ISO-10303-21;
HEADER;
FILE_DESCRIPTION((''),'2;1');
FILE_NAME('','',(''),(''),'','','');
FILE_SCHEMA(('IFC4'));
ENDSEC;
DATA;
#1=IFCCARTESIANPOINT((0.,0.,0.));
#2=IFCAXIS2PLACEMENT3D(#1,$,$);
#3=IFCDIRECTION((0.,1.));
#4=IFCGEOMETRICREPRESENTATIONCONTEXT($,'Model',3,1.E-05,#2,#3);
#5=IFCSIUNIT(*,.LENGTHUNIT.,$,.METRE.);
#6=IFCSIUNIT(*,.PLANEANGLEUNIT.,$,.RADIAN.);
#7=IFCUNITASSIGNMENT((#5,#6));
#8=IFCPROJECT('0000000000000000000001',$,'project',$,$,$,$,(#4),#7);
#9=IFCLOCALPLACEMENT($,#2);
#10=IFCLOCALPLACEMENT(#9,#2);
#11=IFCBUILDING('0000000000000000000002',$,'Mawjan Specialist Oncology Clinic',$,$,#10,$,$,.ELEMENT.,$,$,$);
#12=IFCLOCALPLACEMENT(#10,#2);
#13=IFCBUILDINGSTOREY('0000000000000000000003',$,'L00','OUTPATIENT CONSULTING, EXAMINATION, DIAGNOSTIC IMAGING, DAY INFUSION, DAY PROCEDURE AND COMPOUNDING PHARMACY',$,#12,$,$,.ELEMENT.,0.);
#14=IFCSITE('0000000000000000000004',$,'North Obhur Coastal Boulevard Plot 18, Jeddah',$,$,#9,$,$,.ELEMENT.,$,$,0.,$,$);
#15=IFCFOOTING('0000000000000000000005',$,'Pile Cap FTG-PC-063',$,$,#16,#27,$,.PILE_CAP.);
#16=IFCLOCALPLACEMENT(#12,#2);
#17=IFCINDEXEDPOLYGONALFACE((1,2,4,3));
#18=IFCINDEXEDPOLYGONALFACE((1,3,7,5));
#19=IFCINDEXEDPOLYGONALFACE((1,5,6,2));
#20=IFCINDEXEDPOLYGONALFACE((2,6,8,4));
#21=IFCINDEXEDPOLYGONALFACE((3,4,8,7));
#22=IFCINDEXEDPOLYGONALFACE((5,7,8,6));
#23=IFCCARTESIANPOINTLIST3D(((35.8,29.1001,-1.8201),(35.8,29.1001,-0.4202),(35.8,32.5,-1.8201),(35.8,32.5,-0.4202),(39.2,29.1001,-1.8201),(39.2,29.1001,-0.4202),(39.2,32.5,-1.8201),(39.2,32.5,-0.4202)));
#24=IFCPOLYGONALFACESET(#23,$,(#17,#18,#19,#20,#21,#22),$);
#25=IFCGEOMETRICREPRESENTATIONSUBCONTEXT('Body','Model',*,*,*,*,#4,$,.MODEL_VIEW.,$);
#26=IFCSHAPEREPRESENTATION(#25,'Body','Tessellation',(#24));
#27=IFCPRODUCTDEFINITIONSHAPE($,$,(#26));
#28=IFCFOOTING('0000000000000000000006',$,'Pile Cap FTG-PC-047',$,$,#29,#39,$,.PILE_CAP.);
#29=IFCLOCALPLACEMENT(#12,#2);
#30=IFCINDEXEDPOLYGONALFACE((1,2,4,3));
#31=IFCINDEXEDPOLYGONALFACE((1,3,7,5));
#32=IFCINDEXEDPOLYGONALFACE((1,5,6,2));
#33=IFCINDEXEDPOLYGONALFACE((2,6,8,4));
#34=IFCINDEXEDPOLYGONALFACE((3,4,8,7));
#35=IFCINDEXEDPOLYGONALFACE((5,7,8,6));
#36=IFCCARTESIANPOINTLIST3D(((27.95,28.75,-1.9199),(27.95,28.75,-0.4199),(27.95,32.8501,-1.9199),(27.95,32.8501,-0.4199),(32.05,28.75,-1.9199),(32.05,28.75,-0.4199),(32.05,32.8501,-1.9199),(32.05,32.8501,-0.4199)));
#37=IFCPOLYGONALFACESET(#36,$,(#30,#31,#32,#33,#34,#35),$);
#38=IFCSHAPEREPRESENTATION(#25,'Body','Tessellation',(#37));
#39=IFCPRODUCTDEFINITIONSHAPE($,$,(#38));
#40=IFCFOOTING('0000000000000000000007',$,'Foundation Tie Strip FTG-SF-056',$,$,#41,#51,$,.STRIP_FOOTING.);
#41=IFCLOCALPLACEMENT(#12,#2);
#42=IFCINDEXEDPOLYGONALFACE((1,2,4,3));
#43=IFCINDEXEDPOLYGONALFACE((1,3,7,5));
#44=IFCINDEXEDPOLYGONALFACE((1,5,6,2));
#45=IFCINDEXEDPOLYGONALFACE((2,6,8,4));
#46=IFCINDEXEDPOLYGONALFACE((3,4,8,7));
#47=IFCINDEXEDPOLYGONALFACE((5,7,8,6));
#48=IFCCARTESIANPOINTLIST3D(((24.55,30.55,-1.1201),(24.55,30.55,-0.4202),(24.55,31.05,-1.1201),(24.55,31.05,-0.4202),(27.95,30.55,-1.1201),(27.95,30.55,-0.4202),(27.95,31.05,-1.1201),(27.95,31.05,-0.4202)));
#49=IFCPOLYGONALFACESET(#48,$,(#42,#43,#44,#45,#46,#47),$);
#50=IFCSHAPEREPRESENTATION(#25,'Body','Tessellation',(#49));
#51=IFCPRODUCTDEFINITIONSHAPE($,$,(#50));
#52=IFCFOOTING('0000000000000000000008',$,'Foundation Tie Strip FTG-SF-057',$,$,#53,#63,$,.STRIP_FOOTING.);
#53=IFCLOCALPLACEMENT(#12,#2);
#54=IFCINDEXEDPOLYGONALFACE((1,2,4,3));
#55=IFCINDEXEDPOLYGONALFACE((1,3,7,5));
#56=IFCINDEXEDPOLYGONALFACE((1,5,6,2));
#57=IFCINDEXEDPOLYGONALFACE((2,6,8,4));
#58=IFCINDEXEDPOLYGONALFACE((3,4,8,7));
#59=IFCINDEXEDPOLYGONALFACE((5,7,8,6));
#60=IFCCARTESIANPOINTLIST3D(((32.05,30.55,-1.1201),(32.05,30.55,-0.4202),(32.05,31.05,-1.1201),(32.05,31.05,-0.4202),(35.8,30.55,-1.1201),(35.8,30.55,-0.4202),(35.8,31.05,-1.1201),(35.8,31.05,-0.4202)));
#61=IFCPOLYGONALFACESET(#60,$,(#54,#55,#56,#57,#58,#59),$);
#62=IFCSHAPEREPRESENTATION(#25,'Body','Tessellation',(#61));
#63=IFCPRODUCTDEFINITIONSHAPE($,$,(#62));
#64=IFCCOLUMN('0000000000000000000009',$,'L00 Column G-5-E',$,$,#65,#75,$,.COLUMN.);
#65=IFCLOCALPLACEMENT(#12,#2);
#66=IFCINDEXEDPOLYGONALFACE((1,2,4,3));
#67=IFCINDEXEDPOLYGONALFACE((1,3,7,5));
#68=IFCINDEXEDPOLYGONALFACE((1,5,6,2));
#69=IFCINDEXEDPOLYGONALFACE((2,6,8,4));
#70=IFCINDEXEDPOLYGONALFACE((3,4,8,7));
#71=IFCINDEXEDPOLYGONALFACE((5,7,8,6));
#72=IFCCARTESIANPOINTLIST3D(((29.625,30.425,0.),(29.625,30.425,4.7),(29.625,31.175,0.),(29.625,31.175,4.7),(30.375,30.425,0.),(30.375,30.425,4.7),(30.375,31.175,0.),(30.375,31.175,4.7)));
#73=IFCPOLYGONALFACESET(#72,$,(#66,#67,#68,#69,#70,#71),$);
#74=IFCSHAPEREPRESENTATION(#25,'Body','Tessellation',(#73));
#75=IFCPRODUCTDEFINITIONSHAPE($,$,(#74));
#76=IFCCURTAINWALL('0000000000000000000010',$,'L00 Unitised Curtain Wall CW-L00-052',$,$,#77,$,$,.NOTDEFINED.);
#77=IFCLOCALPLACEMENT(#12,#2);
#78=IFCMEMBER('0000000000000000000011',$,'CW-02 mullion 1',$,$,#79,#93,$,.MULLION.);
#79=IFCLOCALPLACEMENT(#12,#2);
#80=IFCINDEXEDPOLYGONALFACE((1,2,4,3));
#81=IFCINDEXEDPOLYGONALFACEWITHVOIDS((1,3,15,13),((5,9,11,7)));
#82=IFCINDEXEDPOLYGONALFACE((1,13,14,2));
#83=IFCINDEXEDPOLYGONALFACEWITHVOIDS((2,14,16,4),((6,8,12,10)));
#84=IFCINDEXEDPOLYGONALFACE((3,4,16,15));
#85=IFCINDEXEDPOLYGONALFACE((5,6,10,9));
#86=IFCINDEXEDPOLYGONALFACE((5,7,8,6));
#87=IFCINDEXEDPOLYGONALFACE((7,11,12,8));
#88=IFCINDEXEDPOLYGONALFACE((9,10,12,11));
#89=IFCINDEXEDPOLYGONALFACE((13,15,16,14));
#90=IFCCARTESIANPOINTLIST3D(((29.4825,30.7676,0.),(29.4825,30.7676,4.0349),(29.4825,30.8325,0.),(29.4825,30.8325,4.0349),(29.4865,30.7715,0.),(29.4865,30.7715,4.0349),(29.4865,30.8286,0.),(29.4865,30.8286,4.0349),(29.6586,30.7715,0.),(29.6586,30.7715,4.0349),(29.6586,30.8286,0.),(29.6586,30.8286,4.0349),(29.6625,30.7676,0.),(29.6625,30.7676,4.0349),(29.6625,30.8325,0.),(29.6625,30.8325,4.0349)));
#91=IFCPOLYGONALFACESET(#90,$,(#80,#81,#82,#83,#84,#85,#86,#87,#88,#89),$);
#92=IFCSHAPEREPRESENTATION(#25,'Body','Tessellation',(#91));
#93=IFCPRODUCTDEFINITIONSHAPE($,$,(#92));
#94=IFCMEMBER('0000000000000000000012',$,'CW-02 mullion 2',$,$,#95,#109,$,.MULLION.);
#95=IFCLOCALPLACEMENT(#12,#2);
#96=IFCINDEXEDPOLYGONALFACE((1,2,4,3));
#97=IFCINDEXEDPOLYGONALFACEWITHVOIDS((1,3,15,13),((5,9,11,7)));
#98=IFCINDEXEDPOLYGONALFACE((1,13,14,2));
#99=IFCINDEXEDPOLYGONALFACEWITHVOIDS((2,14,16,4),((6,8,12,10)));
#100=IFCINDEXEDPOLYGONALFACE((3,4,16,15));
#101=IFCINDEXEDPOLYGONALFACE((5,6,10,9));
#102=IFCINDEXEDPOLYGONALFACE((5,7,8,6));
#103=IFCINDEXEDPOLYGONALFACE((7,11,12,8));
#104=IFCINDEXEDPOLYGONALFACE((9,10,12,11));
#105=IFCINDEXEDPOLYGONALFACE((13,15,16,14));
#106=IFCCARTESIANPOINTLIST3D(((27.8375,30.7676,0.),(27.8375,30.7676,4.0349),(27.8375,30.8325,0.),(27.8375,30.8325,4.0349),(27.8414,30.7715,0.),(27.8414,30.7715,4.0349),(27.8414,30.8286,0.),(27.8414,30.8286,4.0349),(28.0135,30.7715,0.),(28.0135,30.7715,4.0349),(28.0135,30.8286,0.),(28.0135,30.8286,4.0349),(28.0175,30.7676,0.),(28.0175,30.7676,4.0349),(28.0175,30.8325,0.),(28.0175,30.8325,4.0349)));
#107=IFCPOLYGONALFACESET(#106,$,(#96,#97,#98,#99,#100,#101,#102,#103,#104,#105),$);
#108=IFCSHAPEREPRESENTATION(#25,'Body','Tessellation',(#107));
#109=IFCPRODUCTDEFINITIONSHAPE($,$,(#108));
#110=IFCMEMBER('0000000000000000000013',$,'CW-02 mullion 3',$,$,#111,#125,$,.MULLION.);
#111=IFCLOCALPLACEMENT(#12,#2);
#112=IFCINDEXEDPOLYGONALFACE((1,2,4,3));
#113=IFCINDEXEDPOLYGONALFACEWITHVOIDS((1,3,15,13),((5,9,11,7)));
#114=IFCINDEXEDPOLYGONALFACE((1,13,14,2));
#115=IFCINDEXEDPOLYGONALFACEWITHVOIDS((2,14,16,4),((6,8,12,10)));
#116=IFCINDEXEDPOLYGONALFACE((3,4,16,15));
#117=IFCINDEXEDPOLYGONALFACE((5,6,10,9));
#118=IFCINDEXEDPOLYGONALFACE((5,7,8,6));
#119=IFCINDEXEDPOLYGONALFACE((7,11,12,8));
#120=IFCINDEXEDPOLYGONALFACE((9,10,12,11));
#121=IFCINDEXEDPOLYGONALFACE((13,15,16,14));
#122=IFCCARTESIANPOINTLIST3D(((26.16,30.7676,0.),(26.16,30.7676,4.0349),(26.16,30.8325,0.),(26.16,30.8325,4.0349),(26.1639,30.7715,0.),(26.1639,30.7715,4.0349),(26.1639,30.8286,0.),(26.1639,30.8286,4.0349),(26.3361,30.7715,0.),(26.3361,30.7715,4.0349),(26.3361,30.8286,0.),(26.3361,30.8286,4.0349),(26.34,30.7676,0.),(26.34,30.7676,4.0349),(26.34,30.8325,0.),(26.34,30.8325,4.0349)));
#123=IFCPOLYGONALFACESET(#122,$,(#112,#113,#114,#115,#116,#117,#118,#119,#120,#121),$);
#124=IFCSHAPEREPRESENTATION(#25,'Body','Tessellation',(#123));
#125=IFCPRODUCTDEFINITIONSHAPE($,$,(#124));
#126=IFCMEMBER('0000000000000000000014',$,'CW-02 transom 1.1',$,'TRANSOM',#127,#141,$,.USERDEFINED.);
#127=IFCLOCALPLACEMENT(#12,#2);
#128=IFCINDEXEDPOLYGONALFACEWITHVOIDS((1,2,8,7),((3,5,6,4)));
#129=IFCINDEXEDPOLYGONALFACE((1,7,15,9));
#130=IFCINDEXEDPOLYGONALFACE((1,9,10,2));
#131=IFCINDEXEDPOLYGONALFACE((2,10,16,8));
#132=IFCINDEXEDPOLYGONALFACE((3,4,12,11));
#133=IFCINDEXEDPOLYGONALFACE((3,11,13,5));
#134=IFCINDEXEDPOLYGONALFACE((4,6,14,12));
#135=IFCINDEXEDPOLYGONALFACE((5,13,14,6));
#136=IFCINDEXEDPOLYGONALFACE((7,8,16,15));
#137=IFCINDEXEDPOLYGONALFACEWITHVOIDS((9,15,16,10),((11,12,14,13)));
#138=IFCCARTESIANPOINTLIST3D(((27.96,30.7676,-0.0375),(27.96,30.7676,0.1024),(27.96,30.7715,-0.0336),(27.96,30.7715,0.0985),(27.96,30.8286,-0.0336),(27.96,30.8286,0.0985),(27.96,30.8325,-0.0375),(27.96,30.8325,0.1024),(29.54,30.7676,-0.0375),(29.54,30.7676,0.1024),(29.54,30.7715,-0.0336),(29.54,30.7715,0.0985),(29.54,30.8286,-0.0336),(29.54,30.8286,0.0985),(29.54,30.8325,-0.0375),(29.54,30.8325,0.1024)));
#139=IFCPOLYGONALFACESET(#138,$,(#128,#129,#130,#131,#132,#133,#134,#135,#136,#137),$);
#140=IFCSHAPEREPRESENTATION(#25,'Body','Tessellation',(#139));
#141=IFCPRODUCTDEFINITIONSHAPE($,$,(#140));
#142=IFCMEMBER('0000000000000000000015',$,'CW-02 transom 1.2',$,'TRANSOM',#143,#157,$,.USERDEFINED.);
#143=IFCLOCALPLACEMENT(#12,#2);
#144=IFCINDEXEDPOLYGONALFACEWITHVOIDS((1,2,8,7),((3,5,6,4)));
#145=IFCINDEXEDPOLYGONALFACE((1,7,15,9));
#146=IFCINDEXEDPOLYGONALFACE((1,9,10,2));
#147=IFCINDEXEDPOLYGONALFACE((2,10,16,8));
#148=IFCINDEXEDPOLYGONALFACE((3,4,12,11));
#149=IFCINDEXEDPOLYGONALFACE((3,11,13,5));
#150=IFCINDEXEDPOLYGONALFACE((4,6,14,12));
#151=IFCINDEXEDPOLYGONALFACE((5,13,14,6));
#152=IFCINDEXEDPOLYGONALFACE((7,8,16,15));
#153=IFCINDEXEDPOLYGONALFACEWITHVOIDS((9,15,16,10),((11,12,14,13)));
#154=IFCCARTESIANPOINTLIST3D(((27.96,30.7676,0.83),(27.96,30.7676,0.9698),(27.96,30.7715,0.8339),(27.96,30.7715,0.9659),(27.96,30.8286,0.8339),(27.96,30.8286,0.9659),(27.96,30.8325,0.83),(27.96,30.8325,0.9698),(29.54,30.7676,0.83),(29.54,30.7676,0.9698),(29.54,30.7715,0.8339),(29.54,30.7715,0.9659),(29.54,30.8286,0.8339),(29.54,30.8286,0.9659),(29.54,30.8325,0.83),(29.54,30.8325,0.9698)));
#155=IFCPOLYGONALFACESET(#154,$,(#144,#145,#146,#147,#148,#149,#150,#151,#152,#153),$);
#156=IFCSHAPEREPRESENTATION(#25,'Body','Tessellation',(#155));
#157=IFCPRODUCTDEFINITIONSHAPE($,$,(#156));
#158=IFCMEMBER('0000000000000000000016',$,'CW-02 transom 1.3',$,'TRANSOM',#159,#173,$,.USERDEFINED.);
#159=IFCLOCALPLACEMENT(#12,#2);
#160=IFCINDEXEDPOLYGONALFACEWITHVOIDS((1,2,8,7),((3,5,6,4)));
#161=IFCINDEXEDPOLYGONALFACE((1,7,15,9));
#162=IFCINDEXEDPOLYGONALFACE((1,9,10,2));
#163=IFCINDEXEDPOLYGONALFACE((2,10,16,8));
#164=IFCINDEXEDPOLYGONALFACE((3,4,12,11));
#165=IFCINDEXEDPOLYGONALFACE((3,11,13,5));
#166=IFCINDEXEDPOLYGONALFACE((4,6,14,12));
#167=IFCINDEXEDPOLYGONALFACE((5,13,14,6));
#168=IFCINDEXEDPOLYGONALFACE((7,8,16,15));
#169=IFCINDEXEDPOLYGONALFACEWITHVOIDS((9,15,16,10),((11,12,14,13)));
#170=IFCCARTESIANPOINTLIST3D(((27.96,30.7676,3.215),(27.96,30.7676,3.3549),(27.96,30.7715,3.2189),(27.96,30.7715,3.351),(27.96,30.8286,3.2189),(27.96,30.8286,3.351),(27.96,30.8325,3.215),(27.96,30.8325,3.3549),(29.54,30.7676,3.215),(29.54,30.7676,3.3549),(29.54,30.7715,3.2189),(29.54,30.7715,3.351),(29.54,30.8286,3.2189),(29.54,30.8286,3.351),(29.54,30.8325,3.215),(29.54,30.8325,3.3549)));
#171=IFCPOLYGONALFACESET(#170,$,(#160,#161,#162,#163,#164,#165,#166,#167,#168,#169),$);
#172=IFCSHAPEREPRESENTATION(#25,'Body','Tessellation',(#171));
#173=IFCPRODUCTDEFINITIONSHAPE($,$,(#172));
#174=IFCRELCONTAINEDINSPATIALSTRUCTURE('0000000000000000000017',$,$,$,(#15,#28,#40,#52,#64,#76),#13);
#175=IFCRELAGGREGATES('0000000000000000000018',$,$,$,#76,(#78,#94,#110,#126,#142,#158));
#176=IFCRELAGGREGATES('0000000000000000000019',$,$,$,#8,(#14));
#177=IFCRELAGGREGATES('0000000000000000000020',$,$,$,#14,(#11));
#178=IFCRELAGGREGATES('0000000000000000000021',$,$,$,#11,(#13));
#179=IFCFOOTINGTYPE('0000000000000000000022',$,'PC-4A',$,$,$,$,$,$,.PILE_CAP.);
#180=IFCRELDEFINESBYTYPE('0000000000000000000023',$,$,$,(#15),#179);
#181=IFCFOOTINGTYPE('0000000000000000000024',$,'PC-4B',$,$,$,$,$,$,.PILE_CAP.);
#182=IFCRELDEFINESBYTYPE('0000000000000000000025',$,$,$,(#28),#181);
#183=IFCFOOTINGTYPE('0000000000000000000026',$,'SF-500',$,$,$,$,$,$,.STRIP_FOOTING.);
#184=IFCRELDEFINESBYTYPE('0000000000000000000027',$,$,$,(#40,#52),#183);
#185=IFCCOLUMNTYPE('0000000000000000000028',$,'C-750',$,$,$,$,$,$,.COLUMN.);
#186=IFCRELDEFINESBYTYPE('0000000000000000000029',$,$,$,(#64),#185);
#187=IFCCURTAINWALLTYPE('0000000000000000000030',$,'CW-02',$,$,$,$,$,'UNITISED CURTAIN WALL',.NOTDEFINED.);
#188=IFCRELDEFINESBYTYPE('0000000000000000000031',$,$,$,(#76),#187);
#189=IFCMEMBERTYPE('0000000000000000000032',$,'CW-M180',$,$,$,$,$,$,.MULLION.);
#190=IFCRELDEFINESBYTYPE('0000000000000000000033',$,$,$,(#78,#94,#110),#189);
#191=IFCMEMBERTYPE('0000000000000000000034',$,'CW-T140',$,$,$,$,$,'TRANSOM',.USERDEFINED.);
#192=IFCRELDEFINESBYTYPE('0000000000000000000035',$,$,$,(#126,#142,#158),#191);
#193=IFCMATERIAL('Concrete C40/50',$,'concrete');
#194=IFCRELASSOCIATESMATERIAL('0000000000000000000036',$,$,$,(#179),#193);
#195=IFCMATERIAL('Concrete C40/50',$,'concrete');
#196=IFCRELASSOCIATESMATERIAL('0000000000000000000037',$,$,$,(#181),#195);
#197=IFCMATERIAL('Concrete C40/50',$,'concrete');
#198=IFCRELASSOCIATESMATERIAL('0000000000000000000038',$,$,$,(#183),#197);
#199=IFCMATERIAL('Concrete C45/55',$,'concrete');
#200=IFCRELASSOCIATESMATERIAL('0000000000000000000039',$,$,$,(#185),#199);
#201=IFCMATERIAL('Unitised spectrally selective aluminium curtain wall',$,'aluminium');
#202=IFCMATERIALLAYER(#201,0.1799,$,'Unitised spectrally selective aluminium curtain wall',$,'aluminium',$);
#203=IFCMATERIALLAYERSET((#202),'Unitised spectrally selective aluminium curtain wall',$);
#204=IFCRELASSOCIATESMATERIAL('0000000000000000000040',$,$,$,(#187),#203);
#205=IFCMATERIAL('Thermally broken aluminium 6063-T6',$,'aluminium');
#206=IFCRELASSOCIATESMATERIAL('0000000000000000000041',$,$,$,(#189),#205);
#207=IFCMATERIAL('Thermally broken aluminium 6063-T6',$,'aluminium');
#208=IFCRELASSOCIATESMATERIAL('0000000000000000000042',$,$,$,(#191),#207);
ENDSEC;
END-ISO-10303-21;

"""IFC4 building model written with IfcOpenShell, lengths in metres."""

from ifc_helpers import new_model, si_unit, direction, frame, origin, origin_2d, place, context, subcontext, project, spatial, rectangle, hollow_rectangle, extrude, material, layer, layer_set, material_profile, profile_set, type_object, element, aggregate, save


model = new_model("IFC4")

# Units and contexts
model_context = context("Model", 3, precision=1e-05, world=origin(), true_north=direction((0.0, 1.0)))
body_context = subcontext(model_context, "Body", "Model", "MODEL_VIEW")
ifc_project = project(units=[si_unit("LENGTHUNIT", "METRE"), si_unit("PLANEANGLEUNIT", "RADIAN")], contexts=[model_context])

# Site, building, storey
site_placement = place(None, origin())
site = spatial("IfcSite", under=ifc_project, at=site_placement, Name="North Obhur Coastal Boulevard Plot 18, Jeddah", CompositionType="ELEMENT", RefElevation=0.0)
building_placement = place(site_placement, origin())
building = spatial("IfcBuilding", under=site, at=building_placement, Name="Mawjan Specialist Oncology Clinic", CompositionType="ELEMENT")
storey_placement = place(building_placement, origin())
storey = spatial("IfcBuildingStorey", under=building, at=storey_placement, Name="L00", Description="OUTPATIENT CONSULTING, EXAMINATION, DIAGNOSTIC IMAGING, DAY INFUSION, DAY PROCEDURE AND COMPOUNDING PHARMACY", CompositionType="ELEMENT", Elevation=0.0)

# Footings
ifc_material_1 = material(Name="Concrete C40/50", Category="concrete")
footing_type_1 = type_object("IfcFootingType", Name="PC-4A", PredefinedType="PILE_CAP", material=ifc_material_1)
footing_1_placement = place(storey_placement, frame((37.5, 30.8, -1.8201), z_axis=(0.0, 0.0, 1.0), x_axis=(1.0, 0.0, 0.0)))
element("IfcFooting", 1, at=footing_1_placement, inside=storey, type_object=footing_type_1, Name="Pile Cap FTG-PC-063", PredefinedType="PILE_CAP", context=body_context, shape_type="SweptSolid", body=[
    extrude(rectangle(XDim=3.3999, YDim=3.3999, at=origin_2d()), origin(), (0.0, 0.0, 1.0), 1.3999),
])
ifc_material_2 = material(Name="Concrete C40/50", Category="concrete")
footing_type_2 = type_object("IfcFootingType", Name="PC-4B", PredefinedType="PILE_CAP", material=ifc_material_2)
footing_2_placement = place(storey_placement, frame((30.0, 30.8, -1.9199), z_axis=(0.0, 0.0, 1.0), x_axis=(1.0, 0.0, 0.0)))
element("IfcFooting", 2, at=footing_2_placement, inside=storey, type_object=footing_type_2, Name="Pile Cap FTG-PC-047", PredefinedType="PILE_CAP", context=body_context, shape_type="SweptSolid", body=[
    extrude(rectangle(XDim=4.1001, YDim=4.1001, at=origin_2d()), origin(), (0.0, 0.0, 1.0), 1.5),
])
ifc_material_3 = material(Name="Concrete C40/50", Category="concrete")
footing_type_3 = type_object("IfcFootingType", Name="SF-500", PredefinedType="STRIP_FOOTING", material=ifc_material_3)
footing_3_placement = place(storey_placement, frame((26.25, 30.8, -1.1201), z_axis=(0.0, 0.0, 1.0), x_axis=(1.0, 0.0, 0.0)))
element("IfcFooting", 3, at=footing_3_placement, inside=storey, type_object=footing_type_3, Name="Foundation Tie Strip FTG-SF-056", PredefinedType="STRIP_FOOTING", context=body_context, shape_type="SweptSolid", body=[
    extrude(rectangle(XDim=3.3999, YDim=0.5, at=origin_2d()), origin(), (0.0, 0.0, 1.0), 0.7),
])
footing_4_placement = place(storey_placement, frame((33.925, 30.8, -1.1201), z_axis=(0.0, 0.0, 1.0), x_axis=(1.0, 0.0, 0.0)))
element("IfcFooting", 4, at=footing_4_placement, inside=storey, type_object=footing_type_3, Name="Foundation Tie Strip FTG-SF-057", PredefinedType="STRIP_FOOTING", context=body_context, shape_type="SweptSolid", body=[
    extrude(rectangle(XDim=3.75, YDim=0.5, at=origin_2d()), origin(), (0.0, 0.0, 1.0), 0.7),
])

# Column
ifc_material_4 = material(Name="Concrete C45/55", Category="concrete")
ifc_material_profile_1 = material_profile(ifc_material_4, rectangle(XDim=0.75, YDim=0.75, at=origin_2d()), Name="RC COL 750x750", Category="concrete")
ifc_profile_set_1 = profile_set([ifc_material_profile_1], Name="Concrete C45/55")
column_type = type_object("IfcColumnType", Name="C-750", PredefinedType="COLUMN", material=ifc_profile_set_1)
column_placement = place(storey_placement, frame((30.0, 30.8, 0.0), z_axis=(0.0, 0.0, 1.0), x_axis=(1.0, 0.0, 0.0)))
element("IfcColumn", 5, at=column_placement, inside=storey, type_object=column_type, Name="L00 Column G-5-E", PredefinedType="COLUMN", context=body_context, shape_type="SweptSolid", body=[
    extrude(rectangle(XDim=0.75, YDim=0.75, at=origin_2d()), origin(), (0.0, 0.0, 1.0), 4.7),
])

# Curtain wall, members
ifc_material_5 = material(Name="Unitised spectrally selective aluminium curtain wall", Category="aluminium")
ifc_layer_1 = layer(ifc_material_5, 0.1799, Name="Unitised spectrally selective aluminium curtain wall", Category="aluminium")
ifc_layer_set_1 = layer_set([ifc_layer_1], Name="Unitised spectrally selective aluminium curtain wall")
curtain_wall_type = type_object("IfcCurtainWallType", Name="CW-02", ElementType="UNITISED CURTAIN WALL", PredefinedType="NOTDEFINED", material=ifc_layer_set_1)
curtain_wall_placement = place(storey_placement, origin())
curtain_wall = element("IfcCurtainWall", 6, at=curtain_wall_placement, inside=storey, type_object=curtain_wall_type, Name="L00 Unitised Curtain Wall CW-L00-052", PredefinedType="NOTDEFINED")
ifc_material_6 = material(Name="Thermally broken aluminium 6063-T6", Category="aluminium")
ifc_material_profile_2 = material_profile(ifc_material_6, hollow_rectangle(XDim=0.0649, YDim=0.1799, WallThickness=0.0039, at=origin_2d()), Name="ALU MULLION 180x65x4", Category="aluminium")
ifc_profile_set_2 = profile_set([ifc_material_profile_2], Name="Thermally broken aluminium 6063-T6")
member_type_1 = type_object("IfcMemberType", Name="CW-M180", PredefinedType="MULLION", material=ifc_profile_set_2)
member_1_placement = place(storey_placement, frame((29.5725, 30.8, 0.0), z_axis=(0.0, 0.0, 1.0), x_axis=(0.0, -1.0, 0.0)))
member_1 = element("IfcMember", 7, at=member_1_placement, type_object=member_type_1, Name="CW-02 mullion 1", PredefinedType="MULLION", context=body_context, shape_type="SweptSolid", body=[
    extrude(hollow_rectangle(XDim=0.0649, YDim=0.1799, WallThickness=0.0039, at=origin_2d()), origin(), (0.0, 0.0, 1.0), 4.0349),
])
member_2_placement = place(storey_placement, frame((27.9275, 30.8, 0.0), z_axis=(0.0, 0.0, 1.0), x_axis=(0.0, -1.0, 0.0)))
member_2 = element("IfcMember", 8, at=member_2_placement, type_object=member_type_1, Name="CW-02 mullion 2", PredefinedType="MULLION", context=body_context, shape_type="SweptSolid", body=[
    extrude(hollow_rectangle(XDim=0.0649, YDim=0.1799, WallThickness=0.0039, at=origin_2d()), origin(), (0.0, 0.0, 1.0), 4.0349),
])
member_3_placement = place(storey_placement, frame((26.25, 30.8, 0.0), z_axis=(0.0, 0.0, 1.0), x_axis=(0.0, -1.0, 0.0)))
member_3 = element("IfcMember", 9, at=member_3_placement, type_object=member_type_1, Name="CW-02 mullion 3", PredefinedType="MULLION", context=body_context, shape_type="SweptSolid", body=[
    extrude(hollow_rectangle(XDim=0.0649, YDim=0.1799, WallThickness=0.0039, at=origin_2d()), origin(), (0.0, 0.0, 1.0), 4.0349),
])
ifc_material_7 = material(Name="Thermally broken aluminium 6063-T6", Category="aluminium")
ifc_material_profile_3 = material_profile(ifc_material_7, hollow_rectangle(XDim=0.0649, YDim=0.1399, WallThickness=0.0039, at=origin_2d()), Name="ALU TRANSOM 140x65x4", Category="aluminium")
ifc_profile_set_3 = profile_set([ifc_material_profile_3], Name="Thermally broken aluminium 6063-T6")
member_type_2 = type_object("IfcMemberType", Name="CW-T140", ElementType="TRANSOM", PredefinedType="USERDEFINED", material=ifc_profile_set_3)
member_4_placement = place(storey_placement, frame((29.54, 30.8, 0.0325), z_axis=(-1.0, 0.0, 0.0), x_axis=(0.0, -1.0, 0.0)))
member_4 = element("IfcMember", 10, at=member_4_placement, type_object=member_type_2, Name="CW-02 transom 1.1", ObjectType="TRANSOM", PredefinedType="USERDEFINED", context=body_context, shape_type="SweptSolid", body=[
    extrude(hollow_rectangle(XDim=0.0649, YDim=0.1399, WallThickness=0.0039, at=origin_2d()), origin(), (0.0, 0.0, 1.0), 1.5801),
])
member_5_placement = place(storey_placement, frame((29.54, 30.8, 0.8999), z_axis=(-1.0, 0.0, 0.0), x_axis=(0.0, -1.0, 0.0)))
member_5 = element("IfcMember", 11, at=member_5_placement, type_object=member_type_2, Name="CW-02 transom 1.2", ObjectType="TRANSOM", PredefinedType="USERDEFINED", context=body_context, shape_type="SweptSolid", body=[
    extrude(hollow_rectangle(XDim=0.0649, YDim=0.1399, WallThickness=0.0039, at=origin_2d()), origin(), (0.0, 0.0, 1.0), 1.5801),
])
member_6_placement = place(storey_placement, frame((29.54, 30.8, 3.2849), z_axis=(-1.0, 0.0, 0.0), x_axis=(0.0, -1.0, 0.0)))
member_6 = element("IfcMember", 12, at=member_6_placement, type_object=member_type_2, Name="CW-02 transom 1.3", ObjectType="TRANSOM", PredefinedType="USERDEFINED", context=body_context, shape_type="SweptSolid", body=[
    extrude(hollow_rectangle(XDim=0.0649, YDim=0.1399, WallThickness=0.0039, at=origin_2d()), origin(), (0.0, 0.0, 1.0), 1.5801),
])
aggregate(curtain_wall, [member_1, member_2, member_3, member_4, member_5, member_6])

save(model, "model.ifc")
